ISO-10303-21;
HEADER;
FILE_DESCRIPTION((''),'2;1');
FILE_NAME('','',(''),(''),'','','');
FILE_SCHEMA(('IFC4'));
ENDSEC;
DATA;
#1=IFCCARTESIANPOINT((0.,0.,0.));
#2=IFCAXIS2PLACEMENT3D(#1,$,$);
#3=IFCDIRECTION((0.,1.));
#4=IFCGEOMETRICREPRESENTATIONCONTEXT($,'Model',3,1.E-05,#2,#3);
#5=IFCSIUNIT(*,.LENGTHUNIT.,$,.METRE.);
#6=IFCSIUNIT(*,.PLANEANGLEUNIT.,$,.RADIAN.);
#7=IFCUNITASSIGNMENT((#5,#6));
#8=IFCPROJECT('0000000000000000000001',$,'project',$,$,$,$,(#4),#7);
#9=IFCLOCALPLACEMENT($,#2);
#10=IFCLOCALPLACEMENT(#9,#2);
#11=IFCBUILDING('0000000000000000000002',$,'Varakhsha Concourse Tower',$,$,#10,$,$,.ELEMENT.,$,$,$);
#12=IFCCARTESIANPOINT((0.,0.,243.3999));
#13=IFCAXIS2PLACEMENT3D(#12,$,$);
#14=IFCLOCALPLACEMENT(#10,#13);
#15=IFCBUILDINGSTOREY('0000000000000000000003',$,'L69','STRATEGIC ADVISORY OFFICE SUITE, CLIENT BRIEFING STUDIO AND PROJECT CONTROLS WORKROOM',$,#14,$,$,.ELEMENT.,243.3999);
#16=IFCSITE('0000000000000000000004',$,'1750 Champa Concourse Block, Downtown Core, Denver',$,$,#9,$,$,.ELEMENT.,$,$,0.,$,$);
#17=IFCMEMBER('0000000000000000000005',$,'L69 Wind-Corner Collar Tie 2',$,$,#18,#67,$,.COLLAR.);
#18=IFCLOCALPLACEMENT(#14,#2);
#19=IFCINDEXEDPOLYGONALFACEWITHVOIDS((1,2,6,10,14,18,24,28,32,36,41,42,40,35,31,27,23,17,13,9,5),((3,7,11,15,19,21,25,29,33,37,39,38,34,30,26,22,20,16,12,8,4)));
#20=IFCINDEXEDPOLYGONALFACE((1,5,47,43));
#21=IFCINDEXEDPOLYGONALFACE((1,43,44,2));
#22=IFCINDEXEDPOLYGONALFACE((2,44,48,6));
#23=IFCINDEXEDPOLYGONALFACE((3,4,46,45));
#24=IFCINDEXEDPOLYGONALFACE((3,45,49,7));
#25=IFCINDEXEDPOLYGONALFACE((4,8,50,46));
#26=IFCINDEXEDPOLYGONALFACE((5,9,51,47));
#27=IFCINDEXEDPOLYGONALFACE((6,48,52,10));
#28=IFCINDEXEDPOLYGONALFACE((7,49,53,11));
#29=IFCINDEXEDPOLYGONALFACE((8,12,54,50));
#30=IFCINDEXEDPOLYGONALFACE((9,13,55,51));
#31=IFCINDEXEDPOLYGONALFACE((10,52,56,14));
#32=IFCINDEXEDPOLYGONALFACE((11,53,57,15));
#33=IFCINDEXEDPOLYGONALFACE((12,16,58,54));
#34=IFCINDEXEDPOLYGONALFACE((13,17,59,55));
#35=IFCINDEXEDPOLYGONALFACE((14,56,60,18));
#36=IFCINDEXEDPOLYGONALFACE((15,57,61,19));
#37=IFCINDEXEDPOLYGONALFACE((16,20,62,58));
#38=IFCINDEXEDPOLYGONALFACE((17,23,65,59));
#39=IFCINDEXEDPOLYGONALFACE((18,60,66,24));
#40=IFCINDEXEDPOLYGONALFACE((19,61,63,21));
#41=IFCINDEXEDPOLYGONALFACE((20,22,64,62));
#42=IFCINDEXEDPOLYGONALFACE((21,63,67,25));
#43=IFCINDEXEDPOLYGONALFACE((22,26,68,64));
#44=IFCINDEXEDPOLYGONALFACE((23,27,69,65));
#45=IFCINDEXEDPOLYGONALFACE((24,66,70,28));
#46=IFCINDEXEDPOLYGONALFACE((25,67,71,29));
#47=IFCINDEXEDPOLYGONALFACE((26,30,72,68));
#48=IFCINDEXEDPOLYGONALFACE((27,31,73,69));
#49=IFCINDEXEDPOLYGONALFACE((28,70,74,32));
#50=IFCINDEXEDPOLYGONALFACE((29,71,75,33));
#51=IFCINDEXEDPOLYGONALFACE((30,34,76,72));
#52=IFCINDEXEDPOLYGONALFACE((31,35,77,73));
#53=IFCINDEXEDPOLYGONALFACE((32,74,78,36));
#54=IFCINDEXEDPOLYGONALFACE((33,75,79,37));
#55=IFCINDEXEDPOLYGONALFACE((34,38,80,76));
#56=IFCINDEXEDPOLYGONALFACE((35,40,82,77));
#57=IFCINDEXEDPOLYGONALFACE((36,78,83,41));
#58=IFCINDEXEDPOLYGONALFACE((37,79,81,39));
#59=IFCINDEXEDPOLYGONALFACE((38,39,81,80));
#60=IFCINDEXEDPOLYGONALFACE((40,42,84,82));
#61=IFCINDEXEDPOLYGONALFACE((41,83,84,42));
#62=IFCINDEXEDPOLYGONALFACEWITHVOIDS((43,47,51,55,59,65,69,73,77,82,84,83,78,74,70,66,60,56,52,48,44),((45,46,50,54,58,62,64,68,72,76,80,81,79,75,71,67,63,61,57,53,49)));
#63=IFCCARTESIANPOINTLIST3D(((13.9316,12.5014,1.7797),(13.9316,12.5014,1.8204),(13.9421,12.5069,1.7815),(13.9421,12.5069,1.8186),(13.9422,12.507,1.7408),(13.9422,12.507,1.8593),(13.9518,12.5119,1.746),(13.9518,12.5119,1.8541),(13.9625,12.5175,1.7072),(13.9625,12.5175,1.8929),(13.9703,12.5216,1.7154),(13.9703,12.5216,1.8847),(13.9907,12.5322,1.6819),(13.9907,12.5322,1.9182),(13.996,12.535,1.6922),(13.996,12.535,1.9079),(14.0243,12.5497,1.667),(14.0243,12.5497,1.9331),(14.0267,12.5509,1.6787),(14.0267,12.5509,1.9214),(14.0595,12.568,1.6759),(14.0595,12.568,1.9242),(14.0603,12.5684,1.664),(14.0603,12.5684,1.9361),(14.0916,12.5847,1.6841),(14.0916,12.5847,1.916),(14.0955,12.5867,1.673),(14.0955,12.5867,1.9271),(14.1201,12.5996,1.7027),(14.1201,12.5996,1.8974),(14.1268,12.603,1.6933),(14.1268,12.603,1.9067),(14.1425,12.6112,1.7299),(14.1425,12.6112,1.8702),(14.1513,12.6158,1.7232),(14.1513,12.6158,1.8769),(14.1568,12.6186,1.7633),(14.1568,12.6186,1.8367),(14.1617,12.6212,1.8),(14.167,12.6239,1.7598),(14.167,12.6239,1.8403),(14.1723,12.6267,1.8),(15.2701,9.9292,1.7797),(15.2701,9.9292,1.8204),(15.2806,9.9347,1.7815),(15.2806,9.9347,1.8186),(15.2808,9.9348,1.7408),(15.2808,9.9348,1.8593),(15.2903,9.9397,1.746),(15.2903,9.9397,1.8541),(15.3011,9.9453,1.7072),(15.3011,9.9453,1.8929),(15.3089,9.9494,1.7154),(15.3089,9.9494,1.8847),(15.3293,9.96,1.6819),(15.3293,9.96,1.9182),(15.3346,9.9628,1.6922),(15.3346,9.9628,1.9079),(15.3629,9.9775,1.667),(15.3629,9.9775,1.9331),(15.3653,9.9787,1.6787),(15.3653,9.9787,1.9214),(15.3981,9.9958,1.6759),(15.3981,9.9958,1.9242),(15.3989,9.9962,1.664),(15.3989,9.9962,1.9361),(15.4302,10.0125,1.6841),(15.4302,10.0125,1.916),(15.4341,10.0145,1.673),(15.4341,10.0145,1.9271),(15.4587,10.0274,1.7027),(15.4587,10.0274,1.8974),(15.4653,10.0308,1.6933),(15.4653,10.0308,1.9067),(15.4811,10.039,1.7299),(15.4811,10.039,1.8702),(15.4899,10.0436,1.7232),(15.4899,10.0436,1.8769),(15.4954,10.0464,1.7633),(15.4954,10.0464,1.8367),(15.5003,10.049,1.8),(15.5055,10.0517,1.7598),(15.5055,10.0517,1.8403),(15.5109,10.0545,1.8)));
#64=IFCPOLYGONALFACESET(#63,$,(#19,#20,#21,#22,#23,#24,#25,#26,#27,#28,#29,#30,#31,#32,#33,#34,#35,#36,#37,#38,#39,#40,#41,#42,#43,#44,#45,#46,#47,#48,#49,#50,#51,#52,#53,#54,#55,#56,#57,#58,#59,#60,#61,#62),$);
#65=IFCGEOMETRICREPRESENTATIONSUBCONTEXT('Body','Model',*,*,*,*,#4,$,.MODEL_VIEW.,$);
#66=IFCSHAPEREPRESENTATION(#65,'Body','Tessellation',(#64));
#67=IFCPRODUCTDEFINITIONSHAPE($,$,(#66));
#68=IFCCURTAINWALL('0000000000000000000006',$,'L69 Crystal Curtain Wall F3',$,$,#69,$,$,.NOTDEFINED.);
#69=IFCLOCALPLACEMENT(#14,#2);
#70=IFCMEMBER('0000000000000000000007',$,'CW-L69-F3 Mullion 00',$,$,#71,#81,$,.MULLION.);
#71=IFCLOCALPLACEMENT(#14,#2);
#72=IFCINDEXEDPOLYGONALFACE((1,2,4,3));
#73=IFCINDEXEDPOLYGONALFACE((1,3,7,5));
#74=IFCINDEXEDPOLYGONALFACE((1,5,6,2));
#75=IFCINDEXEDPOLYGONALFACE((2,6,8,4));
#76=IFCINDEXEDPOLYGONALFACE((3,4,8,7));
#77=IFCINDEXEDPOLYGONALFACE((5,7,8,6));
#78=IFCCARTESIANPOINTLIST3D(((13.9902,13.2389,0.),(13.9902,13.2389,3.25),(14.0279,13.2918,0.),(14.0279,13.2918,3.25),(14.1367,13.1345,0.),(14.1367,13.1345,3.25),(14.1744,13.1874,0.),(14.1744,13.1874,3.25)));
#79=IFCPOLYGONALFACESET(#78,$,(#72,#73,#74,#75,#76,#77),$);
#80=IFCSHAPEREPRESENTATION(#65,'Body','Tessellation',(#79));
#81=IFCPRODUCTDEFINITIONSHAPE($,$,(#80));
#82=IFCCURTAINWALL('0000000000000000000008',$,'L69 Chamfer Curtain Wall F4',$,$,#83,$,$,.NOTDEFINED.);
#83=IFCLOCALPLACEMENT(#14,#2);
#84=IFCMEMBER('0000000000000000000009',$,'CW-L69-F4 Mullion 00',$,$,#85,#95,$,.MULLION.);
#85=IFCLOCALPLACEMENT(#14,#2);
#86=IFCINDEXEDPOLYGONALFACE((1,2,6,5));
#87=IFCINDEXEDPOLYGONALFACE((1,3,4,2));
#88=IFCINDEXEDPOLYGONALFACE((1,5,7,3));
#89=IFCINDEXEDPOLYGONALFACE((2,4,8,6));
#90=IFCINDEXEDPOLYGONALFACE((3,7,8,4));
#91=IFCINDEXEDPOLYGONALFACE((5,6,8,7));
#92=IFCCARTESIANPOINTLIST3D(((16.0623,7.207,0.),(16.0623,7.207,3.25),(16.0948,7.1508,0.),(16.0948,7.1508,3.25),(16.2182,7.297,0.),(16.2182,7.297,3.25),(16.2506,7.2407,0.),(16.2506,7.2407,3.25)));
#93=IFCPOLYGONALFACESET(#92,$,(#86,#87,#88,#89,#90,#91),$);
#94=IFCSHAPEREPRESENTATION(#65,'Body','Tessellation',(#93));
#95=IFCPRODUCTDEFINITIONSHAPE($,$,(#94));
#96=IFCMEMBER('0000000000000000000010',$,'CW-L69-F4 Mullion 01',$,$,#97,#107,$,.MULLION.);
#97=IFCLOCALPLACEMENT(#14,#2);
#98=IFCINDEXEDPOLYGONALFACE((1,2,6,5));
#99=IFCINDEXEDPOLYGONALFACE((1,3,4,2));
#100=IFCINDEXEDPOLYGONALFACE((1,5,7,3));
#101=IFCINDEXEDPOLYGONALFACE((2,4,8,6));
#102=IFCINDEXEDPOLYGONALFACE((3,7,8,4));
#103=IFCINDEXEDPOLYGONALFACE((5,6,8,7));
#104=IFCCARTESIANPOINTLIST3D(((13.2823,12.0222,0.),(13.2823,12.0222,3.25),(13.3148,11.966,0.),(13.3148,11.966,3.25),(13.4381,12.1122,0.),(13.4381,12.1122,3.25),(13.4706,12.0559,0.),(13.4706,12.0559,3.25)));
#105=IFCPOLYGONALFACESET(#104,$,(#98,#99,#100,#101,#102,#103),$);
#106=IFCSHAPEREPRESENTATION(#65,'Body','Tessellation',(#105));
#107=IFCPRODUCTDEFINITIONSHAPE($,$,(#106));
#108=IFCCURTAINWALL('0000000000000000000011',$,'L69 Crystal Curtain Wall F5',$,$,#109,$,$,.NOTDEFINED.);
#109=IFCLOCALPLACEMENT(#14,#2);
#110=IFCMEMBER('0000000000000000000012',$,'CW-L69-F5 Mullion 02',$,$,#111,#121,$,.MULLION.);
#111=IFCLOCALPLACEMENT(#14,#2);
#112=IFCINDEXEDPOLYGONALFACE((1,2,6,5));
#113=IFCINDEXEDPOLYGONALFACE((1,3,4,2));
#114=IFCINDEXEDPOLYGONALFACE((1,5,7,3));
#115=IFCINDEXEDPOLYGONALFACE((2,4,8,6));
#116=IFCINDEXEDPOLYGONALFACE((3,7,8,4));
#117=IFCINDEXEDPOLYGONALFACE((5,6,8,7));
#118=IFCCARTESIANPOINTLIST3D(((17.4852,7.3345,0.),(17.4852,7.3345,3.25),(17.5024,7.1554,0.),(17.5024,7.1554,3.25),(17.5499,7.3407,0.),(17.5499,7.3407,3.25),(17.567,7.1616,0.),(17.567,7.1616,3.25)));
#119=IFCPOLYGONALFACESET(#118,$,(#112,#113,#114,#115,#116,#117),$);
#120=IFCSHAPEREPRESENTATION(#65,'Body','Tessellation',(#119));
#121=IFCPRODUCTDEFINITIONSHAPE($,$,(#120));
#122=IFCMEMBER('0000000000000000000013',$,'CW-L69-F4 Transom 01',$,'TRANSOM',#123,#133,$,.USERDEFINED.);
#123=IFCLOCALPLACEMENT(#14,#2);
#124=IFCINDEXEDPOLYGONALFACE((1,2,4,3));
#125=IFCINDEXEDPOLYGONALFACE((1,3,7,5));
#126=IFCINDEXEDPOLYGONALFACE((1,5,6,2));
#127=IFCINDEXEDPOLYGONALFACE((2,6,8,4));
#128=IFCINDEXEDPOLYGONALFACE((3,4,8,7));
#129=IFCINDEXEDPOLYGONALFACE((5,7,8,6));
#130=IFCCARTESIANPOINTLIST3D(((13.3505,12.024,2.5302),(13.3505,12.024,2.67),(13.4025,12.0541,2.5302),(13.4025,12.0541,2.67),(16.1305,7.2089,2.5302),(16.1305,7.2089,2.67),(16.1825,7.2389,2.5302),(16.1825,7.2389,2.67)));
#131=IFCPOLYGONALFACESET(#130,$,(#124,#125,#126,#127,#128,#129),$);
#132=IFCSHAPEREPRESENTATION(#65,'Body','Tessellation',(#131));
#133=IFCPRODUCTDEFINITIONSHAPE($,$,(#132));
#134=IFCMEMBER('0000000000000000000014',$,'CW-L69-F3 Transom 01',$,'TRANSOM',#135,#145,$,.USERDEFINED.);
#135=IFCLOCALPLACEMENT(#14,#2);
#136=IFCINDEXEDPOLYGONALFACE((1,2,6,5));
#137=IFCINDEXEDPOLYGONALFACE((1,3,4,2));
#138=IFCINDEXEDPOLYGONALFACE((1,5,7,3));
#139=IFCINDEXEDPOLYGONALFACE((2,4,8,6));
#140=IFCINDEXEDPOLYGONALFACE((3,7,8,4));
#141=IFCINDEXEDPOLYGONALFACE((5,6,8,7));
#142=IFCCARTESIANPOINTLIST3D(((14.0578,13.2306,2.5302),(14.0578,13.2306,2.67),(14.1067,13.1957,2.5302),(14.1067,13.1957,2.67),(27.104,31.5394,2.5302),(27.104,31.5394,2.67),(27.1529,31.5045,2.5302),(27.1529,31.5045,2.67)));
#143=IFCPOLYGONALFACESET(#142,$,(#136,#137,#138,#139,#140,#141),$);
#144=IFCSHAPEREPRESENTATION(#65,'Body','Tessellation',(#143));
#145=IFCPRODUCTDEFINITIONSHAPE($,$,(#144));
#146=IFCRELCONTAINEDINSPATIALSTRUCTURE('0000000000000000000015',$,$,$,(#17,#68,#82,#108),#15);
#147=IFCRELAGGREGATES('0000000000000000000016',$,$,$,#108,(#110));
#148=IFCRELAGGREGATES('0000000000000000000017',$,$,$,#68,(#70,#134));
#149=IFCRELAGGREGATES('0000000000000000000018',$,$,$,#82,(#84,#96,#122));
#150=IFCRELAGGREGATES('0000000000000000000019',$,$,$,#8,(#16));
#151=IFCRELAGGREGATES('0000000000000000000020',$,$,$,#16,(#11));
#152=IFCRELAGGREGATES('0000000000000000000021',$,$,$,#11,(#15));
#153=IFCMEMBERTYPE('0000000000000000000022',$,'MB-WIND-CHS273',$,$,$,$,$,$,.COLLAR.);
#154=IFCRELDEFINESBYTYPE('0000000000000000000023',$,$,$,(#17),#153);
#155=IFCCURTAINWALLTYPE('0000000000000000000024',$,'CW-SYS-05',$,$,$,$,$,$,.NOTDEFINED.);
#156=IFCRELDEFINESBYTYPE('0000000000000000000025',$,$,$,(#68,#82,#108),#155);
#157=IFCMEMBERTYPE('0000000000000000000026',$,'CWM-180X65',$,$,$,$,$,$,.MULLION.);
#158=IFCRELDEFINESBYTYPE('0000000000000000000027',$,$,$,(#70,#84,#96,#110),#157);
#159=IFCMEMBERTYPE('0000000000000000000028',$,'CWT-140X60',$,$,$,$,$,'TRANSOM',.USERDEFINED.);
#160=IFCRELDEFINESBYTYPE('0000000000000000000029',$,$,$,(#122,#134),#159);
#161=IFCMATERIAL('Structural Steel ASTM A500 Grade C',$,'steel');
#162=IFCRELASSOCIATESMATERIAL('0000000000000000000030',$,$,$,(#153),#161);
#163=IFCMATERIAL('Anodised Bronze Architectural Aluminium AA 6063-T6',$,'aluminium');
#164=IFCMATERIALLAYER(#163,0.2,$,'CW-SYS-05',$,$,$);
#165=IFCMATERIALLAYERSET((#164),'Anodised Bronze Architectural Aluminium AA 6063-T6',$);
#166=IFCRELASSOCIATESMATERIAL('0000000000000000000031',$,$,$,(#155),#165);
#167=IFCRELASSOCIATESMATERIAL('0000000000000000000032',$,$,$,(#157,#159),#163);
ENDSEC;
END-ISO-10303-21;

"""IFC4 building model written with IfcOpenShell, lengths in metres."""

from ifc_helpers import new_model, si_unit, direction, frame, origin, origin_2d, place, context, subcontext, project, spatial, rectangle, hollow_circle, extrude, source, transform, mapped, material, layer, layer_set, material_profile, profile_set, type_object, type_shapes, element, aggregate, save


model = new_model("IFC4")

# Units and contexts
model_context = context("Model", 3, precision=1e-05, world=origin(), true_north=direction((0.0, 1.0)))
body_context = subcontext(model_context, "Body", "Model", "MODEL_VIEW")
ifc_project = project(units=[si_unit("LENGTHUNIT", "METRE"), si_unit("PLANEANGLEUNIT", "RADIAN")], contexts=[model_context])

# Site, building, storey
site_placement = place(None, origin())
site = spatial("IfcSite", under=ifc_project, at=site_placement, Name="1750 Champa Concourse Block, Downtown Core, Denver", CompositionType="ELEMENT", RefElevation=0.0)
building_placement = place(site_placement, origin())
building = spatial("IfcBuilding", under=site, at=building_placement, Name="Varakhsha Concourse Tower", CompositionType="ELEMENT")
storey_placement = place(building_placement, frame((0.0, 0.0, 243.3999)))
storey = spatial("IfcBuildingStorey", under=building, at=storey_placement, Name="L69", Description="STRATEGIC ADVISORY OFFICE SUITE, CLIENT BRIEFING STUDIO AND PROJECT CONTROLS WORKROOM", CompositionType="ELEMENT", Elevation=243.3999)

# Member
ifc_material_1 = material(Name="Structural Steel ASTM A500 Grade C", Category="steel")
ifc_material_profile_1 = material_profile(ifc_material_1, hollow_circle(Radius=0.1365, WallThickness=0.012, at=origin_2d()), Name="CHS 273x12")
ifc_profile_set_1 = profile_set([ifc_material_profile_1], Name="Structural Steel ASTM A500 Grade C")
member_type_1 = type_object("IfcMemberType", Name="MB-WIND-CHS273", PredefinedType="COLLAR", material=ifc_profile_set_1)
shared_shape_1 = source(origin(), body_context, "Body", "SweptSolid", [
    extrude(hollow_circle(Radius=0.1365, WallThickness=0.012, at=origin_2d()), origin(), (0.0, 0.0, 1.0), 2.8997),
])
type_shapes(member_type_1, [shared_shape_1])
member_1_placement = place(storey_placement, frame((14.0513, 12.5637, 1.8), z_axis=(0.461636, -0.887069, 0.0), x_axis=(0.887069, 0.461636, 0.0)))
element("IfcMember", 1, at=member_1_placement, inside=storey, type_object=member_type_1, Name="L69 Wind-Corner Collar Tie 2", PredefinedType="COLLAR", context=body_context, shape_type="MappedRepresentation", body=[
    mapped(shared_shape_1, transform((0.0, 0.0, 0.0), scale=1.0)),
])

# Curtain wall, member
ifc_material_2 = material(Name="Anodised Bronze Architectural Aluminium AA 6063-T6", Category="aluminium")
ifc_layer_1 = layer(ifc_material_2, 0.2, Name="CW-SYS-05")
ifc_layer_set_1 = layer_set([ifc_layer_1], Name="Anodised Bronze Architectural Aluminium AA 6063-T6")
curtain_wall_type = type_object("IfcCurtainWallType", Name="CW-SYS-05", PredefinedType="NOTDEFINED", material=ifc_layer_set_1)
curtain_wall_1_placement = place(storey_placement, origin())
curtain_wall_1 = element("IfcCurtainWall", 2, at=curtain_wall_1_placement, inside=storey, type_object=curtain_wall_type, Name="L69 Crystal Curtain Wall F3", PredefinedType="NOTDEFINED")
ifc_material_profile_2 = material_profile(ifc_material_2, rectangle(XDim=0.0649, YDim=0.1799, at=origin_2d()), Name="CWM-180X65")
ifc_profile_set_2 = profile_set([ifc_material_profile_2], Name="Anodised Bronze Architectural Aluminium AA 6063-T6")
member_type_2 = type_object("IfcMemberType", Name="CWM-180X65", PredefinedType="MULLION", material=ifc_profile_set_2)
shared_shape_2 = source(origin(), body_context, "Body", "SweptSolid", [
    extrude(rectangle(XDim=0.0649, YDim=0.1799, at=origin_2d()), origin(), (0.0, 0.0, 1.0), 3.25),
])
type_shapes(member_type_2, [shared_shape_2])
member_2_placement = place(storey_placement, frame((14.0823, 13.2131, 0.0), z_axis=(0.0, 0.0, 1.0), x_axis=(0.580306, 0.814398, 0.0)))
member_2 = element("IfcMember", 3, at=member_2_placement, type_object=member_type_2, Name="CW-L69-F3 Mullion 00", PredefinedType="MULLION", context=body_context, shape_type="MappedRepresentation", body=[
    mapped(shared_shape_2, transform((0.0, 0.0, 0.0), scale=1.0)),
])

# Curtain wall, members
curtain_wall_2_placement = place(storey_placement, origin())
curtain_wall_2 = element("IfcCurtainWall", 4, at=curtain_wall_2_placement, inside=storey, type_object=curtain_wall_type, Name="L69 Chamfer Curtain Wall F4", PredefinedType="NOTDEFINED")
member_3_placement = place(storey_placement, frame((16.1565, 7.2239, 0.0), z_axis=(0.0, 0.0, 1.0), x_axis=(-0.499992, 0.86603, 0.0)))
member_3 = element("IfcMember", 5, at=member_3_placement, type_object=member_type_2, Name="CW-L69-F4 Mullion 00", PredefinedType="MULLION", context=body_context, shape_type="MappedRepresentation", body=[
    mapped(shared_shape_2, transform((0.0, 0.0, 0.0), scale=1.0)),
])
member_4_placement = place(storey_placement, frame((13.3765, 12.0391, 0.0), z_axis=(0.0, 0.0, 1.0), x_axis=(-0.499992, 0.86603, 0.0)))
member_4 = element("IfcMember", 6, at=member_4_placement, type_object=member_type_2, Name="CW-L69-F4 Mullion 01", PredefinedType="MULLION", context=body_context, shape_type="MappedRepresentation", body=[
    mapped(shared_shape_2, transform((0.0, 0.0, 0.0), scale=1.0)),
])

# Curtain wall, member
curtain_wall_3_placement = place(storey_placement, origin())
curtain_wall_3 = element("IfcCurtainWall", 7, at=curtain_wall_3_placement, inside=storey, type_object=curtain_wall_type, Name="L69 Crystal Curtain Wall F5", PredefinedType="NOTDEFINED")
member_5_placement = place(storey_placement, frame((17.5261, 7.248, 0.0), z_axis=(0.0, 0.0, 1.0), x_axis=(-0.995443, -0.095363, 0.0)))
member_5 = element("IfcMember", 8, at=member_5_placement, type_object=member_type_2, Name="CW-L69-F5 Mullion 02", PredefinedType="MULLION", context=body_context, shape_type="MappedRepresentation", body=[
    mapped(shared_shape_2, transform((0.0, 0.0, 0.0), scale=1.0)),
])
aggregate(curtain_wall_3, [member_5])

# Members
ifc_material_profile_3 = material_profile(ifc_material_2, rectangle(XDim=0.0601, YDim=0.1399, at=origin_2d()), Name="CWT-140X60")
ifc_profile_set_3 = profile_set([ifc_material_profile_3], Name="Anodised Bronze Architectural Aluminium AA 6063-T6")
member_type_3 = type_object("IfcMemberType", Name="CWT-140X60", ElementType="TRANSOM", PredefinedType="USERDEFINED", material=ifc_profile_set_3)
shared_shape_3 = source(origin(), body_context, "Body", "SweptSolid", [
    extrude(rectangle(XDim=0.0601, YDim=0.1399, at=origin_2d()), origin(), (0.0, 0.0, 1.0), 5.5601),
])
member_6_placement = place(storey_placement, frame((16.1565, 7.2239, 2.6001), z_axis=(-0.499997, 0.866027, 0.0), x_axis=(-0.866027, -0.499997, 0.0)))
member_6 = element("IfcMember", 9, at=member_6_placement, type_object=member_type_3, Name="CW-L69-F4 Transom 01", ObjectType="TRANSOM", PredefinedType="USERDEFINED", context=body_context, shape_type="MappedRepresentation", body=[
    mapped(shared_shape_3, transform((0.0, 0.0, 0.0), scale=1.0)),
])
shared_shape_4 = source(origin(), body_context, "Body", "SweptSolid", [
    extrude(rectangle(XDim=0.0601, YDim=0.1399, at=origin_2d()), origin(), (0.0, 0.0, 1.0), 22.4814),
])
type_shapes(member_type_3, [shared_shape_3, shared_shape_4])
member_7_placement = place(storey_placement, frame((14.0823, 13.2131, 2.6001), z_axis=(0.580307, 0.814398, 0.0), x_axis=(-0.814398, 0.580307, 0.0)))
member_7 = element("IfcMember", 10, at=member_7_placement, type_object=member_type_3, Name="CW-L69-F3 Transom 01", ObjectType="TRANSOM", PredefinedType="USERDEFINED", context=body_context, shape_type="MappedRepresentation", body=[
    mapped(shared_shape_4, transform((0.0, 0.0, 0.0), scale=1.0)),
])

aggregate(curtain_wall_1, [member_2, member_7])
aggregate(curtain_wall_2, [member_3, member_4, member_6])

save(model, "model.ifc")
